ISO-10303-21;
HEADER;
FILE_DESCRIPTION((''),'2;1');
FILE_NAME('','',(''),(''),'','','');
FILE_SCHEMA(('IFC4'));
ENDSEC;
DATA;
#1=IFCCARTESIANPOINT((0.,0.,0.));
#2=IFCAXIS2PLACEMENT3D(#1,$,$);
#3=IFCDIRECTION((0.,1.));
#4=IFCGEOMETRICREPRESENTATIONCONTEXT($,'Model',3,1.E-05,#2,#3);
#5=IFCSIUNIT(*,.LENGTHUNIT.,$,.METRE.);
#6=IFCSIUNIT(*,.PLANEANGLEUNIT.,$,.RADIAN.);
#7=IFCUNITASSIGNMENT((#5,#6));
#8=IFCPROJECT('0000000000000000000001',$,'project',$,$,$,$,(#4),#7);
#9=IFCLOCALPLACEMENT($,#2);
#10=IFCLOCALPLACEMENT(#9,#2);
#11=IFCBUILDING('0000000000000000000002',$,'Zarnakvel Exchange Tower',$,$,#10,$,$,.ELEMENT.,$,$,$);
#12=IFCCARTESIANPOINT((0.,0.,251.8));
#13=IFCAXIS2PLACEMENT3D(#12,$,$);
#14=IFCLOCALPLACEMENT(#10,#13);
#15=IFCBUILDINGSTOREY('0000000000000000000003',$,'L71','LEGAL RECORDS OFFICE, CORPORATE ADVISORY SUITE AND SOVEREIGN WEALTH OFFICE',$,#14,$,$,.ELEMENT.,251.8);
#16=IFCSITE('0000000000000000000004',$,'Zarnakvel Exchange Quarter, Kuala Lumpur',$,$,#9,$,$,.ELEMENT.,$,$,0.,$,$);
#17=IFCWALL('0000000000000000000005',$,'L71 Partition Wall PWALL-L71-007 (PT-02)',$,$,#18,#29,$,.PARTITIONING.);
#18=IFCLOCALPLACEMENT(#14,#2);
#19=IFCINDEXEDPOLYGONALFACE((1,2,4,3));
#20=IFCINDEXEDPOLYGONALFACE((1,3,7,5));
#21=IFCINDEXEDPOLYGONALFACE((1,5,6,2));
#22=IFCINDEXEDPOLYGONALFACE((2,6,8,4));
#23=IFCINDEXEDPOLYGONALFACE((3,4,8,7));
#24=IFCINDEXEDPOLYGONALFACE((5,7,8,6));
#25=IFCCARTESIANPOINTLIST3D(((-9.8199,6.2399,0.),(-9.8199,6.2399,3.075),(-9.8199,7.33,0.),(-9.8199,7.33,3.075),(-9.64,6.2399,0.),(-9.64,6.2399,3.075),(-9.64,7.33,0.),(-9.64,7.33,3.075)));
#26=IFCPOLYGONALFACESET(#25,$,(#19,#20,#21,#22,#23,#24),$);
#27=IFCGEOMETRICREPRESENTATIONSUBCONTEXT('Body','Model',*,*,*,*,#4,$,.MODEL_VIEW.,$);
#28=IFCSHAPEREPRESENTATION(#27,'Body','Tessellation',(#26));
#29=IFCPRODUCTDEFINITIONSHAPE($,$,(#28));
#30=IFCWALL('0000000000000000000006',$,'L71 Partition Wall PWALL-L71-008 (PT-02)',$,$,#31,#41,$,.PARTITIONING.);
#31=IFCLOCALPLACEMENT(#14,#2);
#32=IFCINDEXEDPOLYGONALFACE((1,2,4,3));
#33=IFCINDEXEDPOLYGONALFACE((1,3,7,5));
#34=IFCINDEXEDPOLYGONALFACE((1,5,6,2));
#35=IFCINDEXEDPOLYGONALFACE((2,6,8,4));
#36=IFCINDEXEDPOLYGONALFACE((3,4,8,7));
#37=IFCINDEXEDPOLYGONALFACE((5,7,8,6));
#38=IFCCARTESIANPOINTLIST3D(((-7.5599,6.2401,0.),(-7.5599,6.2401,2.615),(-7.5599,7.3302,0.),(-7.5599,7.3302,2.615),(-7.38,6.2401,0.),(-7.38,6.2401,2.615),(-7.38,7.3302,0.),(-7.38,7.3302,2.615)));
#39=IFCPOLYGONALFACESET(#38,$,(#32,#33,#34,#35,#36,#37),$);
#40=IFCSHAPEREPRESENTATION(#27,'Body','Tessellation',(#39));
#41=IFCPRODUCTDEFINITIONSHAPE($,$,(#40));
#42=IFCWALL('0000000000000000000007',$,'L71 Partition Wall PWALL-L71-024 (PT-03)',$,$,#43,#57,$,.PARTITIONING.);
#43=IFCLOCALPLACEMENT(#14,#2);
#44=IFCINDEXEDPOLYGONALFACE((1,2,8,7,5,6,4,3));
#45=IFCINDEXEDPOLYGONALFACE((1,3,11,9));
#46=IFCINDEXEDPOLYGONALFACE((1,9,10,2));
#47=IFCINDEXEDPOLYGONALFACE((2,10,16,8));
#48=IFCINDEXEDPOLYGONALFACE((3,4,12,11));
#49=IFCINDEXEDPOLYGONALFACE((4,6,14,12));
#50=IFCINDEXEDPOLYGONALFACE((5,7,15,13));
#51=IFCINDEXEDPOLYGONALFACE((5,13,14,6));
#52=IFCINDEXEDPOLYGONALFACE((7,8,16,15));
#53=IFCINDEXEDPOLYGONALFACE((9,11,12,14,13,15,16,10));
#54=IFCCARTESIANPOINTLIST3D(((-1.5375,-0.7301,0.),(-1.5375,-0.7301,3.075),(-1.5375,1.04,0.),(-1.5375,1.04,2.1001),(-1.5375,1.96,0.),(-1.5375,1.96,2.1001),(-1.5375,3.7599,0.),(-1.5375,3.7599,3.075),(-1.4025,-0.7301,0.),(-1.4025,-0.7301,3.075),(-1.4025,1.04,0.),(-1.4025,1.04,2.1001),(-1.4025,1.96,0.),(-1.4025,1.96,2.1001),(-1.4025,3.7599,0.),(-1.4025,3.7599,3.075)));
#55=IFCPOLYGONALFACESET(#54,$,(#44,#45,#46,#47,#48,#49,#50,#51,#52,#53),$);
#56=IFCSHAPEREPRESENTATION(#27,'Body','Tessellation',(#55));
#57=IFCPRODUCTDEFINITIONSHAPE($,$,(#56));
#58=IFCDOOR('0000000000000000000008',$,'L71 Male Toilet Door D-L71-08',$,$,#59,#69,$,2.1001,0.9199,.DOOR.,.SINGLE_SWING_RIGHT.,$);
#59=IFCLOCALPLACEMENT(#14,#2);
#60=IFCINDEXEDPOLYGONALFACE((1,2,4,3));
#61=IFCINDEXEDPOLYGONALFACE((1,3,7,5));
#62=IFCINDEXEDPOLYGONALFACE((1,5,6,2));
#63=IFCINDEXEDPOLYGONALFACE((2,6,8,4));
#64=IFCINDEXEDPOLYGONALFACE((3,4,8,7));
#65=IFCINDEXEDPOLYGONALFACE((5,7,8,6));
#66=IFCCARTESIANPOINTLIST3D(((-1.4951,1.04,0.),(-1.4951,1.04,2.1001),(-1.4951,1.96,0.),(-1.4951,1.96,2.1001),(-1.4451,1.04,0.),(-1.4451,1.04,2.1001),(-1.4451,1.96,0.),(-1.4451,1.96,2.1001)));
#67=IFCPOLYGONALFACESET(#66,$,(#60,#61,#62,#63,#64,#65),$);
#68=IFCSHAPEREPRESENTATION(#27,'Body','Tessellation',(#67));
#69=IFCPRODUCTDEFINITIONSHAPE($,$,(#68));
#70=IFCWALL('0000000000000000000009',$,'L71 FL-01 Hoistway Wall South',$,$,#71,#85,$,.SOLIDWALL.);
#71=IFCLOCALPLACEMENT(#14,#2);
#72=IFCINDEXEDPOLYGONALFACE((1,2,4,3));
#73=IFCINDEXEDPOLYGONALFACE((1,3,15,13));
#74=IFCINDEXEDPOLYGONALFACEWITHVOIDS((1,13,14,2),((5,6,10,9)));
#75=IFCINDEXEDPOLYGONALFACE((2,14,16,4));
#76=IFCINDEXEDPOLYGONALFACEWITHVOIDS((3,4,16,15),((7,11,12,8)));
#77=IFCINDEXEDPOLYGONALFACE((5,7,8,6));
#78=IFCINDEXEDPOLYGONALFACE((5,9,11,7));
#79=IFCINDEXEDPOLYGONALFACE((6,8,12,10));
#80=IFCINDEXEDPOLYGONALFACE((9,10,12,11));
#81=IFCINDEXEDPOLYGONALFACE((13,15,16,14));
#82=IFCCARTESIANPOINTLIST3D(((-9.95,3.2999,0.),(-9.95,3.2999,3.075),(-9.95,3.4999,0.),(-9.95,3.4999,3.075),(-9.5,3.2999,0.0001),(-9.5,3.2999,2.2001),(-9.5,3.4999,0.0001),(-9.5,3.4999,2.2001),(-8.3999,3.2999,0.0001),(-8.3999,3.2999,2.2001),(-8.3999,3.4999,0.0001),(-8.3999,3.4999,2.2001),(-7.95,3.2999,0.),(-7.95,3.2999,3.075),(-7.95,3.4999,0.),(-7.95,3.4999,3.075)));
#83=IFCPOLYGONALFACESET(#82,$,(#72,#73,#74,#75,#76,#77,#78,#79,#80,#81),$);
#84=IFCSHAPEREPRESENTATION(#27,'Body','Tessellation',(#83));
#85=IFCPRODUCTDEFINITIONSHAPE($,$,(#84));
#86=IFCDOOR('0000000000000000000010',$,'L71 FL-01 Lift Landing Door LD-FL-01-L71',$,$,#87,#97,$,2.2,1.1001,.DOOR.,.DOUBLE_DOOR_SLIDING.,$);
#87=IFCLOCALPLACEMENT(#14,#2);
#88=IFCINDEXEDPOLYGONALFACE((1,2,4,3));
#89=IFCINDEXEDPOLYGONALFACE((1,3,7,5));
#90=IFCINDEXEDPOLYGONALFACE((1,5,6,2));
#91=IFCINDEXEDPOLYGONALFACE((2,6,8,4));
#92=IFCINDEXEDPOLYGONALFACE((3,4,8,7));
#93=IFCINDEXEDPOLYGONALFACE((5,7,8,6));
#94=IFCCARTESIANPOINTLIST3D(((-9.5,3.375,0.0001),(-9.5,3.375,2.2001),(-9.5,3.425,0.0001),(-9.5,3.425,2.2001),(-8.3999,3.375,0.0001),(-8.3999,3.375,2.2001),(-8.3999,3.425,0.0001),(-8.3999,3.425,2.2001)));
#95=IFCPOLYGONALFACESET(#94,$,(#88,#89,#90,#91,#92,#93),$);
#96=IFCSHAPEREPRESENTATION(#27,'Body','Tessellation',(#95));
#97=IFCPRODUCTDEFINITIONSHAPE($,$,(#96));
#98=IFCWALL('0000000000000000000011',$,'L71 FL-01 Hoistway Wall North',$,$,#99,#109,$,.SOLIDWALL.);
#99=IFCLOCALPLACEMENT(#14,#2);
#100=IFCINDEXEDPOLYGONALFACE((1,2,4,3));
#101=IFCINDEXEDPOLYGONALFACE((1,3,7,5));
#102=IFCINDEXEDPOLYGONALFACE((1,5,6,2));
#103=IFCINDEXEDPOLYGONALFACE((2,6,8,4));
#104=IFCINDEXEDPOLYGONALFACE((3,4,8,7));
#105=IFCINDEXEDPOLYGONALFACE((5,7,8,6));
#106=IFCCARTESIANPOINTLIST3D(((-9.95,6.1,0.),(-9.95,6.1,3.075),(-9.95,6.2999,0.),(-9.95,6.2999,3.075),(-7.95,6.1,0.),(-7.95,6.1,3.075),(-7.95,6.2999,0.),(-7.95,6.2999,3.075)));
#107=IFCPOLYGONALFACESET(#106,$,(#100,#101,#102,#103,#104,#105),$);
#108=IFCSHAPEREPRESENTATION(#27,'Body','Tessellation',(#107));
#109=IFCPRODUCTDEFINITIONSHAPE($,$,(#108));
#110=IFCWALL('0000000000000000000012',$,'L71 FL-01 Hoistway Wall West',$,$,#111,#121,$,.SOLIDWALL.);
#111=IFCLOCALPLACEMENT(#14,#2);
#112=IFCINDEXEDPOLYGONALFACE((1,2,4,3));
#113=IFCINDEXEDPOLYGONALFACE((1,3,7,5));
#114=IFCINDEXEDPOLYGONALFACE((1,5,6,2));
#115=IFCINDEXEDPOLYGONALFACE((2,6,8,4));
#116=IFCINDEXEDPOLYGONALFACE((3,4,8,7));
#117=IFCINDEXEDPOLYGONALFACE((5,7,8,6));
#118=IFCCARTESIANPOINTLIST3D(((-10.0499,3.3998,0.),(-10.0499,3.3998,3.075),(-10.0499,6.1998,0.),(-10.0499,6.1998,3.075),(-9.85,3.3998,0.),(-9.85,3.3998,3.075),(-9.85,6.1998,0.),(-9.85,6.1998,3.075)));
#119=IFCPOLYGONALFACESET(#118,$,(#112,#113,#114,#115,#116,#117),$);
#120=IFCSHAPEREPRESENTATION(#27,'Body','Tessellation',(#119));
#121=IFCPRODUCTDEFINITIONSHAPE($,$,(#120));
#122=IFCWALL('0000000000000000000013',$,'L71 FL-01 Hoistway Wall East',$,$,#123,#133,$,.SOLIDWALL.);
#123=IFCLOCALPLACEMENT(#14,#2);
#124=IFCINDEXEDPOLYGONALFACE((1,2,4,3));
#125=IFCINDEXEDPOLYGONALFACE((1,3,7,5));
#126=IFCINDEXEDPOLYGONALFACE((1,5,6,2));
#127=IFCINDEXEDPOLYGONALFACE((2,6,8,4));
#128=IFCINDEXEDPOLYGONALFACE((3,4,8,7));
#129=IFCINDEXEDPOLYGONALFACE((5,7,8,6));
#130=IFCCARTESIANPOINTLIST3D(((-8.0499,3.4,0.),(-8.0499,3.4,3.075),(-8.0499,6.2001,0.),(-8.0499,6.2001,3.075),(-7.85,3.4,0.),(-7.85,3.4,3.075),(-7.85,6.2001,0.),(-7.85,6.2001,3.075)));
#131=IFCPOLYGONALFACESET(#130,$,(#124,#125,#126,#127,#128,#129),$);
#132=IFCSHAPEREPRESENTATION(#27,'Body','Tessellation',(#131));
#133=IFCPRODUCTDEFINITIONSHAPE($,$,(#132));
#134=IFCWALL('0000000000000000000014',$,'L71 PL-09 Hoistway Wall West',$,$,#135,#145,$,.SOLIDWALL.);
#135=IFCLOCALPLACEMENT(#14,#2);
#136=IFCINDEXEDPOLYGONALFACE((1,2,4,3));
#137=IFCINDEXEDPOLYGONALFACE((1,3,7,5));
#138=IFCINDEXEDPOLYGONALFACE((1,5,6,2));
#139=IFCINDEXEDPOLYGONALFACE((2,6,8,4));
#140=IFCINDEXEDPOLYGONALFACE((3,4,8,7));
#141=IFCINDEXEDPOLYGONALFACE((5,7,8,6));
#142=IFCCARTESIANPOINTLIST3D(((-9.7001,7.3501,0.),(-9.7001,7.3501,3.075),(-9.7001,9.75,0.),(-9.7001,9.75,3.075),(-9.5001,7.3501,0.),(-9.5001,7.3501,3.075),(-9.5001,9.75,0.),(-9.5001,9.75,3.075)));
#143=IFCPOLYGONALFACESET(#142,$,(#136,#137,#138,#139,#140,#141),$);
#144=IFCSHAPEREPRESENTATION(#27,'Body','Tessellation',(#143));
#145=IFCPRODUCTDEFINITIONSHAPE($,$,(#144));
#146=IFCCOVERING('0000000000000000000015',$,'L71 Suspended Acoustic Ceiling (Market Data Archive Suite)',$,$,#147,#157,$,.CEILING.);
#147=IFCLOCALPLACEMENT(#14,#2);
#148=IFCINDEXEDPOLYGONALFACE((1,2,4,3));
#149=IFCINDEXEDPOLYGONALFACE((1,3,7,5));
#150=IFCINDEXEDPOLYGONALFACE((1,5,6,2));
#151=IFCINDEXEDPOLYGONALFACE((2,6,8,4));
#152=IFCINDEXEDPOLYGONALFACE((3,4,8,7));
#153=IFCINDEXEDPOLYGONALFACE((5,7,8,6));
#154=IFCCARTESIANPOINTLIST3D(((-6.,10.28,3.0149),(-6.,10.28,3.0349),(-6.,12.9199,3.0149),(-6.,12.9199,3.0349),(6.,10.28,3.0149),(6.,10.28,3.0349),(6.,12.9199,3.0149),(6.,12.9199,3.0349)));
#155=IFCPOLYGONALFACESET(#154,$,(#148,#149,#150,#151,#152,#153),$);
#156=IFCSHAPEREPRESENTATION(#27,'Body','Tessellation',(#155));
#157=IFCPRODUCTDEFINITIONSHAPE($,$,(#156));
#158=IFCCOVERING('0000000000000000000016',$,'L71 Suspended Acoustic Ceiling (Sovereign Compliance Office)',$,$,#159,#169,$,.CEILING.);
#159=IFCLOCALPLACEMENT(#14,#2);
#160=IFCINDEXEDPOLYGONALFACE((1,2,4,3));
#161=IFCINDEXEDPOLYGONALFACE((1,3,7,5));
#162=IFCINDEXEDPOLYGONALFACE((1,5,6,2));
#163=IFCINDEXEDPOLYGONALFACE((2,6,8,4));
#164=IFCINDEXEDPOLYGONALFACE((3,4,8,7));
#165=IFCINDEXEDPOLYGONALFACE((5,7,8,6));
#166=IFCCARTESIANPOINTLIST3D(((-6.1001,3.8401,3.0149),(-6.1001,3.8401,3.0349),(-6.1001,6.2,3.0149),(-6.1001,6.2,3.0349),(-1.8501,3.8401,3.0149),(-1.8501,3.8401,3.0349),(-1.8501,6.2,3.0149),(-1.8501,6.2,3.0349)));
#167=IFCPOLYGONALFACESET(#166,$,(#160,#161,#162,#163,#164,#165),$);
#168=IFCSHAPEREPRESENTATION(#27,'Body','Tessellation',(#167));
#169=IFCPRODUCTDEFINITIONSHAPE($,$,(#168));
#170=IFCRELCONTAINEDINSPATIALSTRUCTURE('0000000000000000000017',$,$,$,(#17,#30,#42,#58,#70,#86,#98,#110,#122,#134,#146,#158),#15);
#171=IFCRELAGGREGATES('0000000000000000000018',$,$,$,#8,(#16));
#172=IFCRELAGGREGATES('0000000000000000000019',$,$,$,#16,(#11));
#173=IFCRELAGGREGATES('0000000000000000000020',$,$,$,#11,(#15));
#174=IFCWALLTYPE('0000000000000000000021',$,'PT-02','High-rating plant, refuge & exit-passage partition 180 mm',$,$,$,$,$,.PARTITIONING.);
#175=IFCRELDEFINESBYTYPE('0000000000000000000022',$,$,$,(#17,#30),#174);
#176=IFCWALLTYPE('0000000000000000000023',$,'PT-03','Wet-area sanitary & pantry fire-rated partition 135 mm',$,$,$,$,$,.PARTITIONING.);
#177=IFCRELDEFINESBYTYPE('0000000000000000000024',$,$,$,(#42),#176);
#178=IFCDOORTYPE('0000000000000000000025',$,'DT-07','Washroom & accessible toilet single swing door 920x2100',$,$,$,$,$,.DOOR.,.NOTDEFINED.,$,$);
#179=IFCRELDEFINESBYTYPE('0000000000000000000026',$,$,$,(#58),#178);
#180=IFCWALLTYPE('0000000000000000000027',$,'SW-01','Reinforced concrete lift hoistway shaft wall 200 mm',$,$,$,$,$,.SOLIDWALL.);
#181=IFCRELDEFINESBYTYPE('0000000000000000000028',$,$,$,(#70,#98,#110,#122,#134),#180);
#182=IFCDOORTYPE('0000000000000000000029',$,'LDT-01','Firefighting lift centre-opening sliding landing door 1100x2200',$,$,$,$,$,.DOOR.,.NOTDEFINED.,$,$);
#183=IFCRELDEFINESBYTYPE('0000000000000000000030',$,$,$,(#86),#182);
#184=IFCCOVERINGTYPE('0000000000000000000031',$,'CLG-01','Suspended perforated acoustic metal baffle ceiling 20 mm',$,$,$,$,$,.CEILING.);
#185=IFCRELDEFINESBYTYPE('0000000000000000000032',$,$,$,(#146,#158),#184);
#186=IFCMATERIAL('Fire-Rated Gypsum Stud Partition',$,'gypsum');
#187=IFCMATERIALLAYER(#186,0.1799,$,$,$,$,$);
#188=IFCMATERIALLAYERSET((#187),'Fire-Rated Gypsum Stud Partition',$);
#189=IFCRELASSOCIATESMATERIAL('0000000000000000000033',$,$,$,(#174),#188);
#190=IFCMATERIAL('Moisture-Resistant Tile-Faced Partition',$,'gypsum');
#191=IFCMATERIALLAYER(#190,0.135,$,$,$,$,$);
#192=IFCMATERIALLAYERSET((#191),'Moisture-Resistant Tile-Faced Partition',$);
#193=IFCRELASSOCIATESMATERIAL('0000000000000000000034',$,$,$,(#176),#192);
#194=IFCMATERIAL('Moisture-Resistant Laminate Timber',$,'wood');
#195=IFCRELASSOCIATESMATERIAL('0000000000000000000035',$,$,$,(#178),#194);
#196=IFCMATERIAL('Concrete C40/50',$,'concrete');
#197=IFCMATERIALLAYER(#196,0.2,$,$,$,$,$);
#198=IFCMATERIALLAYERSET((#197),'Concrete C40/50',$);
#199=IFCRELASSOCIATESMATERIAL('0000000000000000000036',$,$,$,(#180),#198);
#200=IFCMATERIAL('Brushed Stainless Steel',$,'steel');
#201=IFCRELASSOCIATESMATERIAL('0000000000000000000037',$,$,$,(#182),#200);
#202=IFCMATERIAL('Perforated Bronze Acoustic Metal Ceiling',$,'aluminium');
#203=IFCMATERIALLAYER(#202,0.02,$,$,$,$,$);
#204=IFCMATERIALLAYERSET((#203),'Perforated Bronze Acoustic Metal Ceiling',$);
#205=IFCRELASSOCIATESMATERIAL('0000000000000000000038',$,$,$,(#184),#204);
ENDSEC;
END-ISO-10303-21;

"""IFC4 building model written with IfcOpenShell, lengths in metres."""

from ifc_helpers import new_model, si_unit, direction, frame, frame_2d, origin, place, context, subcontext, project, spatial, polyline, rectangle, outline, extrude, source, transform, mapped, material, layer, layer_set, type_object, element, fill, save


model = new_model("IFC4")

# Units and contexts
model_context = context("Model", 3, precision=1e-05, world=origin(), true_north=direction((0.0, 1.0)))
body_context = subcontext(model_context, "Body", "Model", "MODEL_VIEW")
ifc_project = project(units=[si_unit("LENGTHUNIT", "METRE"), si_unit("PLANEANGLEUNIT", "RADIAN")], contexts=[model_context])

# Site, building, storey
site_placement = place(None, origin())
site = spatial("IfcSite", under=ifc_project, at=site_placement, Name="Zarnakvel Exchange Quarter, Kuala Lumpur", CompositionType="ELEMENT", RefElevation=0.0)
building_placement = place(site_placement, origin())
building = spatial("IfcBuilding", under=site, at=building_placement, Name="Zarnakvel Exchange Tower", CompositionType="ELEMENT")
storey_placement = place(building_placement, frame((0.0, 0.0, 251.8)))
storey = spatial("IfcBuildingStorey", under=building, at=storey_placement, Name="L71", Description="LEGAL RECORDS OFFICE, CORPORATE ADVISORY SUITE AND SOVEREIGN WEALTH OFFICE", CompositionType="ELEMENT", Elevation=251.8)

# Shared definitions
ifc_material_1 = material(Name="Concrete C40/50", Category="concrete")

# Shared definitions
ifc_material_2 = material(Name="Fire-Rated Gypsum Stud Partition", Category="gypsum")

# Walls
ifc_layer_1 = layer(ifc_material_2, 0.1799)
ifc_layer_set_1 = layer_set([ifc_layer_1], Name="Fire-Rated Gypsum Stud Partition")
wall_type_1 = type_object("IfcWallType", Name="PT-02", Description="High-rating plant, refuge & exit-passage partition 180 mm", PredefinedType="PARTITIONING", material=ifc_layer_set_1)
wall_1_placement = place(storey_placement, frame((-9.73, 6.24, 0.0), z_axis=(0.0, 0.0, 1.0), x_axis=(0.0, 1.0, 0.0)))
element("IfcWall", 1, at=wall_1_placement, inside=storey, type_object=wall_type_1, Name="L71 Partition Wall PWALL-L71-007 (PT-02)", PredefinedType="PARTITIONING", context=body_context, shape_type="SweptSolid", body=[
    extrude(rectangle(XDim=1.0901, YDim=0.1799, at=frame_2d((0.5449, 0.0))), origin(), (0.0, 0.0, 1.0), 3.075),
])
wall_2_placement = place(storey_placement, frame((-7.47, 7.3301, 0.0), z_axis=(0.0, 0.0, 1.0), x_axis=(0.0, -1.0, 0.0)))
element("IfcWall", 2, at=wall_2_placement, inside=storey, type_object=wall_type_1, Name="L71 Partition Wall PWALL-L71-008 (PT-02)", PredefinedType="PARTITIONING", context=body_context, shape_type="SweptSolid", body=[
    extrude(rectangle(XDim=1.0901, YDim=0.1799, at=frame_2d((0.5449, 0.0))), origin(), (0.0, 0.0, 1.0), 2.615),
])

# Walls, openings, doors
ifc_material_3 = material(Name="Moisture-Resistant Tile-Faced Partition", Category="gypsum")
ifc_layer_2 = layer(ifc_material_3, 0.135)
ifc_layer_set_2 = layer_set([ifc_layer_2], Name="Moisture-Resistant Tile-Faced Partition")
wall_type_2 = type_object("IfcWallType", Name="PT-03", Description="Wet-area sanitary & pantry fire-rated partition 135 mm", PredefinedType="PARTITIONING", material=ifc_layer_set_2)
wall_3_placement = place(storey_placement, frame((-1.47, 3.76, 0.0), z_axis=(0.0, 0.0, 1.0), x_axis=(0.0, -1.0, 0.0)))
wall_3 = element("IfcWall", 3, at=wall_3_placement, inside=storey, type_object=wall_type_2, Name="L71 Partition Wall PWALL-L71-024 (PT-03)", PredefinedType="PARTITIONING", context=body_context, shape_type="SweptSolid", body=[
    extrude(rectangle(XDim=4.49, YDim=0.135, at=frame_2d((2.2451, 0.0))), origin(), (0.0, 0.0, 1.0), 3.075),
])
opening_1_placement = place(wall_3_placement, frame((1.8, 0.0, 0.0)))
opening_1 = element("IfcOpeningElement", 4, at=opening_1_placement, cuts=wall_3, PredefinedType="OPENING", context=body_context, shape_type="SweptSolid", body=[
    extrude(rectangle(XDim=0.9199, YDim=2.1001, at=frame_2d((0.46, 1.05))), frame((0.0, 0.0774, 0.0), z_axis=(0.0, -1.0, 0.0), x_axis=(1.0, 0.0, 0.0)), (0.0, 0.0, 1.0), 0.155),
])
ifc_material_4 = material(Name="Moisture-Resistant Laminate Timber", Category="wood")
door_type_1 = type_object("IfcDoorType", Name="DT-07", Description="Washroom & accessible toilet single swing door 920x2100", OperationType="NOTDEFINED", PredefinedType="DOOR", material=ifc_material_4)
shared_shape_1 = source(origin(), body_context, "Body", "SweptSolid", [
    extrude(rectangle(XDim=0.9199, YDim=2.1001, at=frame_2d((0.46, 1.05))), frame((0.0, 0.0249, 0.0), z_axis=(0.0, -1.0, 0.0), x_axis=(1.0, 0.0, 0.0)), (0.0, 0.0, 1.0), 0.05),
])
door_1_placement = place(opening_1_placement, origin())
door_1 = element("IfcDoor", 5, at=door_1_placement, inside=storey, type_object=door_type_1, Name="L71 Male Toilet Door D-L71-08", OperationType="SINGLE_SWING_RIGHT", OverallHeight=2.1001, OverallWidth=0.9199, PredefinedType="DOOR", context=body_context, shape_type="MappedRepresentation", body=[
    mapped(shared_shape_1, transform((0.0, 0.0, 0.0), x_axis=(1.0, 0.0, 0.0), y_axis=(0.0, 1.0, 0.0), z_axis=(0.0, 0.0, 1.0), scale=1.0)),
])
fill(opening_1, door_1)
ifc_layer_3 = layer(ifc_material_1, 0.2)
ifc_layer_set_3 = layer_set([ifc_layer_3], Name="Concrete C40/50")
wall_type_3 = type_object("IfcWallType", Name="SW-01", Description="Reinforced concrete lift hoistway shaft wall 200 mm", PredefinedType="SOLIDWALL", material=ifc_layer_set_3)
wall_4_placement = place(storey_placement, frame((-7.95, 3.3999, 0.0), z_axis=(0.0, 0.0, 1.0), x_axis=(-1.0, 0.0, 0.0)))
wall_4 = element("IfcWall", 6, at=wall_4_placement, inside=storey, type_object=wall_type_3, Name="L71 FL-01 Hoistway Wall South", PredefinedType="SOLIDWALL", context=body_context, shape_type="SweptSolid", body=[
    extrude(rectangle(XDim=2.0, YDim=0.2, at=frame_2d((1.0, 0.0))), origin(), (0.0, 0.0, 1.0), 3.075),
])
opening_2_placement = place(wall_4_placement, frame((0.45, 0.0, 0.0)))
opening_2 = element("IfcOpeningElement", 7, at=opening_2_placement, cuts=wall_4, PredefinedType="OPENING", context=body_context, shape_type="SweptSolid", body=[
    extrude(rectangle(XDim=1.1001, YDim=2.2, at=frame_2d((0.55, 1.1001))), frame((0.0, 0.1099, 0.0), z_axis=(0.0, -1.0, 0.0), x_axis=(1.0, 0.0, 0.0)), (0.0, 0.0, 1.0), 0.22),
])
ifc_material_5 = material(Name="Brushed Stainless Steel", Category="steel")
door_type_2 = type_object("IfcDoorType", Name="LDT-01", Description="Firefighting lift centre-opening sliding landing door 1100x2200", OperationType="NOTDEFINED", PredefinedType="DOOR", material=ifc_material_5)
shared_shape_2 = source(origin(), body_context, "Body", "SweptSolid", [
    extrude(rectangle(XDim=1.1001, YDim=2.2, at=frame_2d((0.55, 1.1001))), frame((0.0, 0.0249, 0.0), z_axis=(0.0, -1.0, 0.0), x_axis=(1.0, 0.0, 0.0)), (0.0, 0.0, 1.0), 0.05),
])
door_2_placement = place(opening_2_placement, origin())
door_2 = element("IfcDoor", 8, at=door_2_placement, inside=storey, type_object=door_type_2, Name="L71 FL-01 Lift Landing Door LD-FL-01-L71", OperationType="DOUBLE_DOOR_SLIDING", OverallHeight=2.2, OverallWidth=1.1001, PredefinedType="DOOR", context=body_context, shape_type="MappedRepresentation", body=[
    mapped(shared_shape_2, transform((0.0, 0.0, 0.0), x_axis=(1.0, 0.0, 0.0), y_axis=(0.0, 1.0, 0.0), z_axis=(0.0, 0.0, 1.0), scale=1.0)),
])
fill(opening_2, door_2)

# Walls
wall_5_placement = place(storey_placement, frame((-9.95, 6.2, 0.0), z_axis=(0.0, 0.0, 1.0), x_axis=(1.0, 0.0, 0.0)))
element("IfcWall", 9, at=wall_5_placement, inside=storey, type_object=wall_type_3, Name="L71 FL-01 Hoistway Wall North", PredefinedType="SOLIDWALL", context=body_context, shape_type="SweptSolid", body=[
    extrude(rectangle(XDim=2.0, YDim=0.2, at=frame_2d((1.0, 0.0))), origin(), (0.0, 0.0, 1.0), 3.075),
])
for number, where, z_axis, x_axis, name in (
    (10, (-9.95, 3.3999, 0.0), (0.0, 0.0, 1.0), (0.0, 1.0, 0.0), "L71 FL-01 Hoistway Wall West"),
    (11, (-7.95, 6.2, 0.0), (0.0, 0.0, 1.0), (0.0, -1.0, 0.0), "L71 FL-01 Hoistway Wall East"),
):
    element("IfcWall", number, at=place(storey_placement, frame(where, z_axis=z_axis, x_axis=x_axis)), inside=storey, type_object=wall_type_3, Name=name, PredefinedType="SOLIDWALL", context=body_context, shape_type="SweptSolid", body=[
        extrude(rectangle(XDim=2.8, YDim=0.2, at=frame_2d((1.3999, 0.0))), origin(), (0.0, 0.0, 1.0), 3.075),
    ])
wall_6_placement = place(storey_placement, frame((-9.6001, 7.3501, 0.0), z_axis=(0.0, 0.0, 1.0), x_axis=(0.0, 1.0, 0.0)))
element("IfcWall", 12, at=wall_6_placement, inside=storey, type_object=wall_type_3, Name="L71 PL-09 Hoistway Wall West", PredefinedType="SOLIDWALL", context=body_context, shape_type="SweptSolid", body=[
    extrude(rectangle(XDim=2.3999, YDim=0.2, at=frame_2d((1.2, 0.0))), origin(), (0.0, 0.0, 1.0), 3.075),
])

# Coverings
ifc_material_6 = material(Name="Perforated Bronze Acoustic Metal Ceiling", Category="aluminium")
ifc_layer_4 = layer(ifc_material_6, 0.02)
ifc_layer_set_4 = layer_set([ifc_layer_4], Name="Perforated Bronze Acoustic Metal Ceiling")
covering_type_1 = type_object("IfcCoveringType", Name="CLG-01", Description="Suspended perforated acoustic metal baffle ceiling 20 mm", PredefinedType="CEILING", material=ifc_layer_set_4)
covering_1_placement = place(storey_placement, frame((0.0, 0.0, 3.0149)))
element("IfcCovering", 13, at=covering_1_placement, inside=storey, type_object=covering_type_1, Name="L71 Suspended Acoustic Ceiling (Market Data Archive Suite)", PredefinedType="CEILING", context=body_context, shape_type="SweptSolid", body=[
    extrude(outline(polyline([(-6.0, 12.9199), (6.0, 12.9199), (6.0, 10.28), (-6.0, 10.28), (-6.0, 12.9199)])), origin(), (0.0, 0.0, 1.0), 0.02),
])
covering_2_placement = place(storey_placement, frame((0.0, 0.0, 3.0149)))
element("IfcCovering", 14, at=covering_2_placement, inside=storey, type_object=covering_type_1, Name="L71 Suspended Acoustic Ceiling (Sovereign Compliance Office)", PredefinedType="CEILING", context=body_context, shape_type="SweptSolid", body=[
    extrude(outline(polyline([(-6.1001, 6.2), (-1.8501, 6.2), (-1.8501, 3.8401), (-6.1001, 3.8401), (-6.1001, 6.2)])), origin(), (0.0, 0.0, 1.0), 0.02),
])

save(model, "model.ifc")
